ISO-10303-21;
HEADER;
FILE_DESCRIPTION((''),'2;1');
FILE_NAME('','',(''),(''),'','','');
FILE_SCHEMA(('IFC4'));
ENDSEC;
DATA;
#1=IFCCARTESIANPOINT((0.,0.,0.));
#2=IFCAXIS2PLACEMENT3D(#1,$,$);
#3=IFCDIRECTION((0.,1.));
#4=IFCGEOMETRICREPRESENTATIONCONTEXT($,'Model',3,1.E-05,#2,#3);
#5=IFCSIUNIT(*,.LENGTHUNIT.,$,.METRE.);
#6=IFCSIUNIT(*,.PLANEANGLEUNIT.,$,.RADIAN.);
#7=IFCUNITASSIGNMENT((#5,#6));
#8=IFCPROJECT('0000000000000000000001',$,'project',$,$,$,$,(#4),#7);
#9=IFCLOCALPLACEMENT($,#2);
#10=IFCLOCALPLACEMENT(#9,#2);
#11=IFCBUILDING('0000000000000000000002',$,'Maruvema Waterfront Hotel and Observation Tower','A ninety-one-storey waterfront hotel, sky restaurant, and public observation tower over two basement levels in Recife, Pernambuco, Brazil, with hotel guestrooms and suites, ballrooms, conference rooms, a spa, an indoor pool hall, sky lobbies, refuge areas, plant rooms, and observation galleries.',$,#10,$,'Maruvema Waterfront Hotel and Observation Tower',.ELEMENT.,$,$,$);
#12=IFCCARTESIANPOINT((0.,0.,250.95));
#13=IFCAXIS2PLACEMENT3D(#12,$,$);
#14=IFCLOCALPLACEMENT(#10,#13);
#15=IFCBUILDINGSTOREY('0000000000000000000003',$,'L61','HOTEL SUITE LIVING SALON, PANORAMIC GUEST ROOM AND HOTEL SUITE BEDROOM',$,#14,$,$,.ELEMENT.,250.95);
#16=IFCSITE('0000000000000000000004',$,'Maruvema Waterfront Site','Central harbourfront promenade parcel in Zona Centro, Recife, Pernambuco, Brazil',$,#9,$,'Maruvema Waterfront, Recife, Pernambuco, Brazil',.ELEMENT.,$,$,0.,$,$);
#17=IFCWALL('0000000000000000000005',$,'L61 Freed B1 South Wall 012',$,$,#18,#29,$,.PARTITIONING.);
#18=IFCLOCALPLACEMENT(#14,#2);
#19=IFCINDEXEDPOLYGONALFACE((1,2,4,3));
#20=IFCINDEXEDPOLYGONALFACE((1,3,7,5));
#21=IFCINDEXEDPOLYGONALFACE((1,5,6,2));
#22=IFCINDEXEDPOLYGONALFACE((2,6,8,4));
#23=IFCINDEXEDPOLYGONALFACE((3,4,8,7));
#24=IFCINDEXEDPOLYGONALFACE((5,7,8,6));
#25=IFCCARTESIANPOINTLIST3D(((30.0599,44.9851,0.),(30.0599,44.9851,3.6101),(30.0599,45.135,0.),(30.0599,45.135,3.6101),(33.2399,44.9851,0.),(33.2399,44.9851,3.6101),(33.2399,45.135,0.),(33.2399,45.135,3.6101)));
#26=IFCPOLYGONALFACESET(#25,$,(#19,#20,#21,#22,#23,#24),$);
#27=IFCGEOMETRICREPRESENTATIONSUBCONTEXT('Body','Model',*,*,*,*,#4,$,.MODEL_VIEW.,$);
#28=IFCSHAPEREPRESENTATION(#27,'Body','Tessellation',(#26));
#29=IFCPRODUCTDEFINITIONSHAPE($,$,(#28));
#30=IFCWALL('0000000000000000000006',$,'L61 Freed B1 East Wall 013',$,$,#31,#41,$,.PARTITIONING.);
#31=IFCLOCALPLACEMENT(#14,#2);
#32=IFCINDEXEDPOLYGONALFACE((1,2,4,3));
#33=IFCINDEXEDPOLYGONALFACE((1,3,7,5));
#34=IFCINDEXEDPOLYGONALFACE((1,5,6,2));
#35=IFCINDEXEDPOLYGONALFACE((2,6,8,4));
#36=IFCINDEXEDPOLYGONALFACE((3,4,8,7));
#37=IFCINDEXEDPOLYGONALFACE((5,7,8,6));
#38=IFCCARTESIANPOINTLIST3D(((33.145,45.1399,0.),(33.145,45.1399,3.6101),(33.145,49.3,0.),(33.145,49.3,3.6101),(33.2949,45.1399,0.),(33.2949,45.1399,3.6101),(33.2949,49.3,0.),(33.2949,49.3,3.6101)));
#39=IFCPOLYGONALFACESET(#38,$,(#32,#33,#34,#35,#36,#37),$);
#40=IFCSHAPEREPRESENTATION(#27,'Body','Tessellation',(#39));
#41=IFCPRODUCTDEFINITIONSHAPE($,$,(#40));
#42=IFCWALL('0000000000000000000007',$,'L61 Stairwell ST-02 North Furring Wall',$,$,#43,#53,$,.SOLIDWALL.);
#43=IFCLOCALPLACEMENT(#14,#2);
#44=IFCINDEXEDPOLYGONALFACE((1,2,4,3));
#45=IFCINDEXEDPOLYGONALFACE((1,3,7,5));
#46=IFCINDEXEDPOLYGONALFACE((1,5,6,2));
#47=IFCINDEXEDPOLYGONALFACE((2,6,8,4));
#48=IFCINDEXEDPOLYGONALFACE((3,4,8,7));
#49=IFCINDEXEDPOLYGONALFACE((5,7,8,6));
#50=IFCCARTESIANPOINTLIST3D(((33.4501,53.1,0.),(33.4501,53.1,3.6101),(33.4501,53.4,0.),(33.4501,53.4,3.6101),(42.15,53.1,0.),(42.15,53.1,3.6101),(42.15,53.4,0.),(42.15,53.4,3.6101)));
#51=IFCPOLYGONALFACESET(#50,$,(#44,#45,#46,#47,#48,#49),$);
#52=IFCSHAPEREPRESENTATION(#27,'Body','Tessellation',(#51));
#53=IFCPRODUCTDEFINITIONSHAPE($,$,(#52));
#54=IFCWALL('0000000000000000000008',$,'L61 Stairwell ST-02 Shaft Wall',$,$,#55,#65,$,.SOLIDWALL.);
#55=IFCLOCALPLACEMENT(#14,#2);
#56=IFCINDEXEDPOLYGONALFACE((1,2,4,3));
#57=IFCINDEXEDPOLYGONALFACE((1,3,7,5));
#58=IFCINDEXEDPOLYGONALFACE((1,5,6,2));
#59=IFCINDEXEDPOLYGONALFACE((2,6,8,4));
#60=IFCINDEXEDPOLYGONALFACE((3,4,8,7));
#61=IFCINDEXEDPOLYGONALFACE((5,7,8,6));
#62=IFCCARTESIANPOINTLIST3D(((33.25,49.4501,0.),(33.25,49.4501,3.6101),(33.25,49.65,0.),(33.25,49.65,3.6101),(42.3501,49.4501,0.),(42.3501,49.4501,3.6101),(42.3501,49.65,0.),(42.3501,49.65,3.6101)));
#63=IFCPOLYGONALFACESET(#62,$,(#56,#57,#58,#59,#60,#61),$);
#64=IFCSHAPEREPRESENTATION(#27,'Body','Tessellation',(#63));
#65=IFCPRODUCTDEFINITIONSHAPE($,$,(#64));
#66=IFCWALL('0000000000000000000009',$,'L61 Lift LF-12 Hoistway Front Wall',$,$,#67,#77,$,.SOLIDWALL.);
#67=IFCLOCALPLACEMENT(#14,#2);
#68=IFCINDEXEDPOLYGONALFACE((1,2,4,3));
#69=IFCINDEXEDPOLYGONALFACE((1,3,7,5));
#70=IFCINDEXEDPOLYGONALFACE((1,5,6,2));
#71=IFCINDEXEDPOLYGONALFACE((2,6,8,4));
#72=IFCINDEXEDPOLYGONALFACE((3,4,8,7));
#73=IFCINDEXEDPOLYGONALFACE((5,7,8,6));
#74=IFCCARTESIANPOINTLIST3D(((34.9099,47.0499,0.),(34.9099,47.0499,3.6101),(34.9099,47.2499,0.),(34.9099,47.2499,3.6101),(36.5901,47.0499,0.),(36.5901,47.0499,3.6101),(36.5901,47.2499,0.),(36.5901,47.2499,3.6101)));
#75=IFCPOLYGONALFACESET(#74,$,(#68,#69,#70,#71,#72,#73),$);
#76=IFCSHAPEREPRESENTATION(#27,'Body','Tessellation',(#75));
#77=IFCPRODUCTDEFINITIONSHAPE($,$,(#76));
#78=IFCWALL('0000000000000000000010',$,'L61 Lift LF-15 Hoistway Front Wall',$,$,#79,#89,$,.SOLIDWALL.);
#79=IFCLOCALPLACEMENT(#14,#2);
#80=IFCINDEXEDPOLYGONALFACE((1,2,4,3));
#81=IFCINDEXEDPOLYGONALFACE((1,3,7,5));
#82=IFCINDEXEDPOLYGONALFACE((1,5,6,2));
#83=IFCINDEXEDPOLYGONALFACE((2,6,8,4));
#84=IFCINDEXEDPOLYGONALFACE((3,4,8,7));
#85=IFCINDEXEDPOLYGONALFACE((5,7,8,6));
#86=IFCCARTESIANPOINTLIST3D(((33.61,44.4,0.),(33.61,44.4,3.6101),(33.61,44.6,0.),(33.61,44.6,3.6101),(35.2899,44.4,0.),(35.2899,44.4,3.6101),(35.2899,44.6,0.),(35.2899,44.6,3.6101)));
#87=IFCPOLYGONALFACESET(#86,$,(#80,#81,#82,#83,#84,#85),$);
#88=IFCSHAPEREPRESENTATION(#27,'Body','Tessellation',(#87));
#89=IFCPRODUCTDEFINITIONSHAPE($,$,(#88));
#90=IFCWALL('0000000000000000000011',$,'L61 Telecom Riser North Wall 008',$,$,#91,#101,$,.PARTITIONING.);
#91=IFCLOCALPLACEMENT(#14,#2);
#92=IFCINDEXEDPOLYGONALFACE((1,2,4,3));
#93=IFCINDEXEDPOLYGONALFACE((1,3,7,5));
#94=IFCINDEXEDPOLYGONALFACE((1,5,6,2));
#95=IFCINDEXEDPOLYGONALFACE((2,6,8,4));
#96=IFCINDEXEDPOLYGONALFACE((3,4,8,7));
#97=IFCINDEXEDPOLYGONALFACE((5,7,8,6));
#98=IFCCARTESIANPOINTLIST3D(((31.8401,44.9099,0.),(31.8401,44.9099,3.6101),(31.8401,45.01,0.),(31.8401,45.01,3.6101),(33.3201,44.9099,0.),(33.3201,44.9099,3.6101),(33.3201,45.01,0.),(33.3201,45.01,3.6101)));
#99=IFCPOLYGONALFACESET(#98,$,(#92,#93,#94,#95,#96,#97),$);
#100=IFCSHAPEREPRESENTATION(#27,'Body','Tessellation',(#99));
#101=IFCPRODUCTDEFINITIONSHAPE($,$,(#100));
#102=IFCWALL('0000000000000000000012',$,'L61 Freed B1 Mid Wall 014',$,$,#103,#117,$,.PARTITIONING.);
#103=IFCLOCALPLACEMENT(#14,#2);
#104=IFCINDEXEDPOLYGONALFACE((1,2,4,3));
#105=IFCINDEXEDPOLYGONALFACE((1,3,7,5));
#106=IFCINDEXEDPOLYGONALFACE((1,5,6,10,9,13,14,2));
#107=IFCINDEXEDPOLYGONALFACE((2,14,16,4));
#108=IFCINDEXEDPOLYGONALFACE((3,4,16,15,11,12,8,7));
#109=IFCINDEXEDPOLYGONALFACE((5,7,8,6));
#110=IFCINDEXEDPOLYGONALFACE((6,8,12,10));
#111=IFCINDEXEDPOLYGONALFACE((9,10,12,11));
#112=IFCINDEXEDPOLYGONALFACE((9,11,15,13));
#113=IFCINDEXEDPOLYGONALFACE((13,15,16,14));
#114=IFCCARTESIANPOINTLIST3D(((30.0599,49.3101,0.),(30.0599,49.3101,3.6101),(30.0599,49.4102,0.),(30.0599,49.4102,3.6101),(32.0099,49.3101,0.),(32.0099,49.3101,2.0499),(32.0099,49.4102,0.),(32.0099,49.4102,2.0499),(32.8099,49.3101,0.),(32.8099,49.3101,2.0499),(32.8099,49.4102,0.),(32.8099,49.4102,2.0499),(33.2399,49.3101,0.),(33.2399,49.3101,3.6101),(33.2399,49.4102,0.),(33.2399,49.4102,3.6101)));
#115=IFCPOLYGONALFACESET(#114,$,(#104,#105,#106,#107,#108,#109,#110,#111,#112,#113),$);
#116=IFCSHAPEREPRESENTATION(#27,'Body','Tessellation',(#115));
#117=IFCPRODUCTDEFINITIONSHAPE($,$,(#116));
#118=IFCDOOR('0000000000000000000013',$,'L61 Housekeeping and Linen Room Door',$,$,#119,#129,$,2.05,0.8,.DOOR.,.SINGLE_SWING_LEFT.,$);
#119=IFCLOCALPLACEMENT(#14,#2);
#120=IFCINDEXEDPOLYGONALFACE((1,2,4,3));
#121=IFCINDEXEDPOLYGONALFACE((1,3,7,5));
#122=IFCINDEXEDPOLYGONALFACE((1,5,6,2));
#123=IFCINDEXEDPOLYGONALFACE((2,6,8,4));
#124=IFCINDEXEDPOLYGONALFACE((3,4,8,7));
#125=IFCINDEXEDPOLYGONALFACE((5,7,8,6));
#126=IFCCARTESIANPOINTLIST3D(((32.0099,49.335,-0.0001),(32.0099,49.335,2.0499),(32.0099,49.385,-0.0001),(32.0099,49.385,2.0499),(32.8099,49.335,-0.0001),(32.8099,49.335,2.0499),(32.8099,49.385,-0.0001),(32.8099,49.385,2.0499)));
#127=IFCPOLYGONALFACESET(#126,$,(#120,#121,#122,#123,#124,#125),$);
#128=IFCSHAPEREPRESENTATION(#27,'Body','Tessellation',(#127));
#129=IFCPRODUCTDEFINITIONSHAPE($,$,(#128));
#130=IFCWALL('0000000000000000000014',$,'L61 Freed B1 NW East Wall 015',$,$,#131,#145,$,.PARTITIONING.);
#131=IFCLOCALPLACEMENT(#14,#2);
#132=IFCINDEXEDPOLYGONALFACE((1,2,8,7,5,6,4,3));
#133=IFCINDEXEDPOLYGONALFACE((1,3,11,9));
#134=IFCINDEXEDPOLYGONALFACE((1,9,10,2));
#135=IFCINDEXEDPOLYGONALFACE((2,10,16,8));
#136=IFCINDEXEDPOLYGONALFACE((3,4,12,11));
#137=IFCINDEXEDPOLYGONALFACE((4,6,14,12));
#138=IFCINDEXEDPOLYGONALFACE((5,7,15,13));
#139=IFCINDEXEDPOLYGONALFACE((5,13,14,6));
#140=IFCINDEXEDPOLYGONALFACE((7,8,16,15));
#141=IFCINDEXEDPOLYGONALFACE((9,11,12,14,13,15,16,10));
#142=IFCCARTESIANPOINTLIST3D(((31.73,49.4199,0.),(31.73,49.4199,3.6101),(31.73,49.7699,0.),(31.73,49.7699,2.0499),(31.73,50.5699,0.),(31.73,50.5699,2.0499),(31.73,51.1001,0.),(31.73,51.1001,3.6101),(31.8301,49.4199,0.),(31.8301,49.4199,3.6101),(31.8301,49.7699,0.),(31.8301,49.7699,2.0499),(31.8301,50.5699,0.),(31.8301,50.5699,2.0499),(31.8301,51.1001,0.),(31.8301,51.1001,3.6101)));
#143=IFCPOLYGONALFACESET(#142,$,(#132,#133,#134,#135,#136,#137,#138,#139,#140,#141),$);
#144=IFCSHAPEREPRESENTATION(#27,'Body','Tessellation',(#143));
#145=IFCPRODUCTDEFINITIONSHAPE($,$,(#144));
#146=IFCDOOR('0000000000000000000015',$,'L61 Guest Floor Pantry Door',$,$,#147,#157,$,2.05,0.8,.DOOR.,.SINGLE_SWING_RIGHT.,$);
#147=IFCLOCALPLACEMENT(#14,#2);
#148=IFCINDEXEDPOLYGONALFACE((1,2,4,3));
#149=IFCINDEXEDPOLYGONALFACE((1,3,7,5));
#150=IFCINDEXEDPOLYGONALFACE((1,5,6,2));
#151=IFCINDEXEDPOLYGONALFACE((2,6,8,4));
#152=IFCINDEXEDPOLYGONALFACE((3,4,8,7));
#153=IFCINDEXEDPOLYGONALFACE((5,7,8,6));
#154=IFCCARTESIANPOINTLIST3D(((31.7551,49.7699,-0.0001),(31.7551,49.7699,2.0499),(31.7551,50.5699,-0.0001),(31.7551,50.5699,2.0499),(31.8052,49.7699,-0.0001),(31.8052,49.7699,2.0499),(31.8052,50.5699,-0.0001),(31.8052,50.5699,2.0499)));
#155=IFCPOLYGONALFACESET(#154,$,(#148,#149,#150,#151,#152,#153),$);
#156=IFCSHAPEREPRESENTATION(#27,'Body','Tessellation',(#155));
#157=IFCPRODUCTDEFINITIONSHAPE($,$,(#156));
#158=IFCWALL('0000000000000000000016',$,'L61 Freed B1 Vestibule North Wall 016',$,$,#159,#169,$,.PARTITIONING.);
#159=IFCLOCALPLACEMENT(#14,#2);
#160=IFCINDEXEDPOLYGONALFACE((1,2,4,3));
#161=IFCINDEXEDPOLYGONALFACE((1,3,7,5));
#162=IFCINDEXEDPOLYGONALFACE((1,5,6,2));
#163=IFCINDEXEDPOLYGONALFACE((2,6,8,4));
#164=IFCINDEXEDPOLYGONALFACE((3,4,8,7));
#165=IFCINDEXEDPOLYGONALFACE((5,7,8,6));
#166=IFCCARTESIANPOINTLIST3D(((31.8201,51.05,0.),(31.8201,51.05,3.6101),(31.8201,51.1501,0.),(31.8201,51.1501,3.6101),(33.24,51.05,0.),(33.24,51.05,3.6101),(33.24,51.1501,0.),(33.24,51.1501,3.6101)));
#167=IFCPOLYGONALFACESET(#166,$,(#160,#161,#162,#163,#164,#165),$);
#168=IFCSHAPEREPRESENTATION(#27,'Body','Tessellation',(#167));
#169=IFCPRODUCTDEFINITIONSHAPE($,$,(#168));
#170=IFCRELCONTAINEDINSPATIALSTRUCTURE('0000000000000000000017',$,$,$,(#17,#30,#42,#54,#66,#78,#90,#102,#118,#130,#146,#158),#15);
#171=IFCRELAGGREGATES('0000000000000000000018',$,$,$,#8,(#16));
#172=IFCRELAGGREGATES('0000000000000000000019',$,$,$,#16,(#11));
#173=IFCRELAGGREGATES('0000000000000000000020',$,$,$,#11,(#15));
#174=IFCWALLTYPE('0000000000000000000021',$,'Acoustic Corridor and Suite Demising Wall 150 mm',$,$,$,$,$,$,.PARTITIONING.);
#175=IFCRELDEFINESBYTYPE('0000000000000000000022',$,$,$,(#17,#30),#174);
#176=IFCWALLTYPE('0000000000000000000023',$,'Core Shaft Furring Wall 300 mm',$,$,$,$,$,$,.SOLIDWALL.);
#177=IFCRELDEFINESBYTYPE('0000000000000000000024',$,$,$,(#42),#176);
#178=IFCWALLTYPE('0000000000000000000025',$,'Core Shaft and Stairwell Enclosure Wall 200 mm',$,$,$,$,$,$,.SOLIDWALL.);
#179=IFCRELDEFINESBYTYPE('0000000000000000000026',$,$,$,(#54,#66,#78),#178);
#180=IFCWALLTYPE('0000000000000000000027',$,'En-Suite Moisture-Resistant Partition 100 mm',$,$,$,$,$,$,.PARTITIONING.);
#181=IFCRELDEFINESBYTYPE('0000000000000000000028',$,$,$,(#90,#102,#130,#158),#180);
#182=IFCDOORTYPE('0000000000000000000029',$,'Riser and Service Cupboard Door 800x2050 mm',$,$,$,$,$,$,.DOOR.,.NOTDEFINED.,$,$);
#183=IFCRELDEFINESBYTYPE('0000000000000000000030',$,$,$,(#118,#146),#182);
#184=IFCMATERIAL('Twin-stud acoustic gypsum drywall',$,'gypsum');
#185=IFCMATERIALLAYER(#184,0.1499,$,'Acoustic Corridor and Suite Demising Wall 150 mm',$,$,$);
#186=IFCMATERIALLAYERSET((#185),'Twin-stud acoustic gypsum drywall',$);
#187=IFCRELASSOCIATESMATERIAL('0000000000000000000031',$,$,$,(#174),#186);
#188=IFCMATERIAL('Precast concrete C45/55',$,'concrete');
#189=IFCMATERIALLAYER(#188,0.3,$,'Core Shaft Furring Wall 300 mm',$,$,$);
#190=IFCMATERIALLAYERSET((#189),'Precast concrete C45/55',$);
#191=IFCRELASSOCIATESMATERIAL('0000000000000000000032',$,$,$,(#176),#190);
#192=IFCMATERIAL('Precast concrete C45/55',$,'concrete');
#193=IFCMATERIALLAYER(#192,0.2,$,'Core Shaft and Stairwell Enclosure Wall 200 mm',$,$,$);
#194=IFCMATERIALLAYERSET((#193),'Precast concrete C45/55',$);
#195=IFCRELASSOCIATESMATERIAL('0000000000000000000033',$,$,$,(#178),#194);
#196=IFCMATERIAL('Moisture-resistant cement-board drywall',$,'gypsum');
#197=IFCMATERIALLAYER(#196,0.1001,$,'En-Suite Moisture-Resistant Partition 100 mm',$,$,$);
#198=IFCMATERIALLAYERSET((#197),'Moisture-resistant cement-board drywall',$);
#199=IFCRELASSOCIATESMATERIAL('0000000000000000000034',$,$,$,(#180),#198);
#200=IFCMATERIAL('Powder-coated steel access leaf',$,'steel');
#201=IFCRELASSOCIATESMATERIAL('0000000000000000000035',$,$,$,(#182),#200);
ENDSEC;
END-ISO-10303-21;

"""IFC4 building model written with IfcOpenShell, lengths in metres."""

from ifc_helpers import new_model, si_unit, direction, frame, frame_2d, origin, place, context, subcontext, project, spatial, rectangle, extrude, material, layer, layer_set, type_object, element, fill, save


model = new_model("IFC4")

# Units and contexts
model_context = context("Model", 3, precision=1e-05, world=origin(), true_north=direction((0.0, 1.0)))
body_context = subcontext(model_context, "Body", "Model", "MODEL_VIEW")
ifc_project = project(units=[si_unit("LENGTHUNIT", "METRE"), si_unit("PLANEANGLEUNIT", "RADIAN")], contexts=[model_context])

# Site, building, storey
site_placement = place(None, origin())
site = spatial("IfcSite", under=ifc_project, at=site_placement, Name="Maruvema Waterfront Site", Description="Central harbourfront promenade parcel in Zona Centro, Recife, Pernambuco, Brazil", LongName="Maruvema Waterfront, Recife, Pernambuco, Brazil", CompositionType="ELEMENT", RefElevation=0.0)
building_placement = place(site_placement, origin())
building = spatial("IfcBuilding", under=site, at=building_placement, Name="Maruvema Waterfront Hotel and Observation Tower", Description="A ninety-one-storey waterfront hotel, sky restaurant, and public observation tower over two basement levels in Recife, Pernambuco, Brazil, with hotel guestrooms and suites, ballrooms, conference rooms, a spa, an indoor pool hall, sky lobbies, refuge areas, plant rooms, and observation galleries.", LongName="Maruvema Waterfront Hotel and Observation Tower", CompositionType="ELEMENT")
storey_placement = place(building_placement, frame((0.0, 0.0, 250.95)))
storey = spatial("IfcBuildingStorey", under=building, at=storey_placement, Name="L61", Description="HOTEL SUITE LIVING SALON, PANORAMIC GUEST ROOM AND HOTEL SUITE BEDROOM", CompositionType="ELEMENT", Elevation=250.95)

# Walls
ifc_material_1 = material(Name="Twin-stud acoustic gypsum drywall", Category="gypsum")
ifc_layer_1 = layer(ifc_material_1, 0.1499, Name="Acoustic Corridor and Suite Demising Wall 150 mm")
ifc_layer_set_1 = layer_set([ifc_layer_1], Name="Twin-stud acoustic gypsum drywall")
wall_type_1 = type_object("IfcWallType", Name="Acoustic Corridor and Suite Demising Wall 150 mm", PredefinedType="PARTITIONING", material=ifc_layer_set_1)
wall_1_placement = place(storey_placement, frame((30.0601, 45.0601, 0.0), z_axis=(0.0, 0.0, 1.0), x_axis=(1.0, 0.0, 0.0)))
element("IfcWall", 1, at=wall_1_placement, inside=storey, type_object=wall_type_1, Name="L61 Freed B1 South Wall 012", PredefinedType="PARTITIONING", context=body_context, shape_type="SweptSolid", body=[
    extrude(rectangle(XDim=3.1799, YDim=0.1499, at=frame_2d((1.5898, 0.0))), origin(), (0.0, 0.0, 1.0), 3.6101),
])
wall_2_placement = place(storey_placement, frame((33.22, 45.1399, 0.0), z_axis=(0.0, 0.0, 1.0), x_axis=(0.0, 1.0, 0.0)))
element("IfcWall", 2, at=wall_2_placement, inside=storey, type_object=wall_type_1, Name="L61 Freed B1 East Wall 013", PredefinedType="PARTITIONING", context=body_context, shape_type="SweptSolid", body=[
    extrude(rectangle(XDim=4.1602, YDim=0.1499, at=frame_2d((2.0801, 0.0))), origin(), (0.0, 0.0, 1.0), 3.6101),
])
ifc_material_2 = material(Name="Precast concrete C45/55", Category="concrete")
ifc_layer_2 = layer(ifc_material_2, 0.3, Name="Core Shaft Furring Wall 300 mm")
ifc_layer_set_2 = layer_set([ifc_layer_2], Name="Precast concrete C45/55")
wall_type_2 = type_object("IfcWallType", Name="Core Shaft Furring Wall 300 mm", PredefinedType="SOLIDWALL", material=ifc_layer_set_2)
wall_3_placement = place(storey_placement, frame((33.45, 53.25, 0.0), z_axis=(0.0, 0.0, 1.0), x_axis=(1.0, 0.0, 0.0)))
element("IfcWall", 3, at=wall_3_placement, inside=storey, type_object=wall_type_2, Name="L61 Stairwell ST-02 North Furring Wall", PredefinedType="SOLIDWALL", context=body_context, shape_type="SweptSolid", body=[
    extrude(rectangle(XDim=8.7, YDim=0.3, at=frame_2d((4.3501, 0.0))), origin(), (0.0, 0.0, 1.0), 3.6101),
])
ifc_material_3 = material(Name="Precast concrete C45/55", Category="concrete")
ifc_layer_3 = layer(ifc_material_3, 0.2, Name="Core Shaft and Stairwell Enclosure Wall 200 mm")
ifc_layer_set_3 = layer_set([ifc_layer_3], Name="Precast concrete C45/55")
wall_type_3 = type_object("IfcWallType", Name="Core Shaft and Stairwell Enclosure Wall 200 mm", PredefinedType="SOLIDWALL", material=ifc_layer_set_3)
wall_4_placement = place(storey_placement, frame((33.25, 49.55, 0.0), z_axis=(0.0, 0.0, 1.0), x_axis=(1.0, 0.0, 0.0)))
element("IfcWall", 4, at=wall_4_placement, inside=storey, type_object=wall_type_3, Name="L61 Stairwell ST-02 Shaft Wall", PredefinedType="SOLIDWALL", context=body_context, shape_type="SweptSolid", body=[
    extrude(rectangle(XDim=9.1001, YDim=0.2, at=frame_2d((4.55, 0.0))), origin(), (0.0, 0.0, 1.0), 3.6101),
])

# Walls
wall_5_placement = place(storey_placement, frame((34.9099, 47.1499, 0.0), z_axis=(0.0, 0.0, 1.0), x_axis=(1.0, 0.0, 0.0)))
element("IfcWall", 5, at=wall_5_placement, inside=storey, type_object=wall_type_3, Name="L61 Lift LF-12 Hoistway Front Wall", PredefinedType="SOLIDWALL", context=body_context, shape_type="SweptSolid", body=[
    extrude(rectangle(XDim=1.6802, YDim=0.2, at=frame_2d((0.8401, 0.0))), origin(), (0.0, 0.0, 1.0), 3.6101),
])
wall_6_placement = place(storey_placement, frame((33.6101, 44.5, 0.0), z_axis=(0.0, 0.0, 1.0), x_axis=(1.0, 0.0, 0.0)))
element("IfcWall", 6, at=wall_6_placement, inside=storey, type_object=wall_type_3, Name="L61 Lift LF-15 Hoistway Front Wall", PredefinedType="SOLIDWALL", context=body_context, shape_type="SweptSolid", body=[
    extrude(rectangle(XDim=1.6799, YDim=0.2, at=frame_2d((0.8398, 0.0))), origin(), (0.0, 0.0, 1.0), 3.6101),
])
ifc_material_4 = material(Name="Moisture-resistant cement-board drywall", Category="gypsum")
ifc_layer_4 = layer(ifc_material_4, 0.1001, Name="En-Suite Moisture-Resistant Partition 100 mm")
ifc_layer_set_4 = layer_set([ifc_layer_4], Name="Moisture-resistant cement-board drywall")
wall_type_4 = type_object("IfcWallType", Name="En-Suite Moisture-Resistant Partition 100 mm", PredefinedType="PARTITIONING", material=ifc_layer_set_4)
wall_7_placement = place(storey_placement, frame((31.8401, 44.96, 0.0), z_axis=(0.0, 0.0, 1.0), x_axis=(1.0, 0.0, 0.0)))
element("IfcWall", 7, at=wall_7_placement, inside=storey, type_object=wall_type_4, Name="L61 Telecom Riser North Wall 008", PredefinedType="PARTITIONING", context=body_context, shape_type="SweptSolid", body=[
    extrude(rectangle(XDim=1.48, YDim=0.1001, at=frame_2d((0.74, 0.0))), origin(), (0.0, 0.0, 1.0), 3.6101),
])

# Walls, openings, doors
wall_8_placement = place(storey_placement, frame((30.0601, 49.3601, 0.0), z_axis=(0.0, 0.0, 1.0), x_axis=(1.0, 0.0, 0.0)))
wall_8 = element("IfcWall", 8, at=wall_8_placement, inside=storey, type_object=wall_type_4, Name="L61 Freed B1 Mid Wall 014", PredefinedType="PARTITIONING", context=body_context, shape_type="SweptSolid", body=[
    extrude(rectangle(XDim=3.1799, YDim=0.1001, at=frame_2d((1.5898, 0.0))), origin(), (0.0, 0.0, 1.0), 3.6101),
])
opening_1_placement = place(wall_8_placement, frame((1.95, 0.0, 0.0)))
opening_1 = element("IfcOpeningElement", 9, at=opening_1_placement, cuts=wall_8, PredefinedType="OPENING", context=body_context, shape_type="SweptSolid", body=[
    extrude(rectangle(XDim=0.8, YDim=2.05, at=frame_2d((0.3999, 1.0249))), frame((0.0, 0.0601, 0.0), z_axis=(0.0, -1.0, 0.0), x_axis=(1.0, 0.0, 0.0)), (0.0, 0.0, 1.0), 0.1201),
])
ifc_material_5 = material(Name="Powder-coated steel access leaf", Category="steel")
door_type_1 = type_object("IfcDoorType", Name="Riser and Service Cupboard Door 800x2050 mm", OperationType="NOTDEFINED", PredefinedType="DOOR", material=ifc_material_5)
door_1_placement = place(opening_1_placement, origin())
door_1 = element("IfcDoor", 10, at=door_1_placement, inside=storey, type_object=door_type_1, Name="L61 Housekeeping and Linen Room Door", OperationType="SINGLE_SWING_LEFT", OverallHeight=2.05, OverallWidth=0.8, PredefinedType="DOOR", context=body_context, shape_type="SweptSolid", body=[
    extrude(rectangle(XDim=0.8, YDim=2.05, at=frame_2d((0.3999, 1.0249))), frame((0.0, 0.0249, 0.0), z_axis=(0.0, -1.0, 0.0), x_axis=(1.0, 0.0, 0.0)), (0.0, 0.0, 1.0), 0.05),
])
fill(opening_1, door_1)
wall_9_placement = place(storey_placement, frame((31.78, 49.4199, 0.0), z_axis=(0.0, 0.0, 1.0), x_axis=(0.0, 1.0, 0.0)))
wall_9 = element("IfcWall", 11, at=wall_9_placement, inside=storey, type_object=wall_type_4, Name="L61 Freed B1 NW East Wall 015", PredefinedType="PARTITIONING", context=body_context, shape_type="SweptSolid", body=[
    extrude(rectangle(XDim=1.6802, YDim=0.1001, at=frame_2d((0.8401, 0.0))), origin(), (0.0, 0.0, 1.0), 3.6101),
])
opening_2_placement = place(wall_9_placement, frame((0.3501, 0.0, 0.0)))
opening_2 = element("IfcOpeningElement", 12, at=opening_2_placement, cuts=wall_9, PredefinedType="OPENING", context=body_context, shape_type="SweptSolid", body=[
    extrude(rectangle(XDim=0.8, YDim=2.05, at=frame_2d((0.3999, 1.0249))), frame((0.0, 0.0601, 0.0), z_axis=(0.0, -1.0, 0.0), x_axis=(1.0, 0.0, 0.0)), (0.0, 0.0, 1.0), 0.1201),
])
door_2_placement = place(opening_2_placement, origin())
door_2 = element("IfcDoor", 13, at=door_2_placement, inside=storey, type_object=door_type_1, Name="L61 Guest Floor Pantry Door", OperationType="SINGLE_SWING_RIGHT", OverallHeight=2.05, OverallWidth=0.8, PredefinedType="DOOR", context=body_context, shape_type="SweptSolid", body=[
    extrude(rectangle(XDim=0.8, YDim=2.05, at=frame_2d((0.3999, 1.0249))), frame((0.0, 0.0249, 0.0), z_axis=(0.0, -1.0, 0.0), x_axis=(1.0, 0.0, 0.0)), (0.0, 0.0, 1.0), 0.05),
])
fill(opening_2, door_2)

# Wall
wall_10_placement = place(storey_placement, frame((31.8201, 51.1001, 0.0), z_axis=(0.0, 0.0, 1.0), x_axis=(1.0, 0.0, 0.0)))
element("IfcWall", 14, at=wall_10_placement, inside=storey, type_object=wall_type_4, Name="L61 Freed B1 Vestibule North Wall 016", PredefinedType="PARTITIONING", context=body_context, shape_type="SweptSolid", body=[
    extrude(rectangle(XDim=1.4199, YDim=0.1001, at=frame_2d((0.71, 0.0))), origin(), (0.0, 0.0, 1.0), 3.6101),
])

save(model, "model.ifc")
